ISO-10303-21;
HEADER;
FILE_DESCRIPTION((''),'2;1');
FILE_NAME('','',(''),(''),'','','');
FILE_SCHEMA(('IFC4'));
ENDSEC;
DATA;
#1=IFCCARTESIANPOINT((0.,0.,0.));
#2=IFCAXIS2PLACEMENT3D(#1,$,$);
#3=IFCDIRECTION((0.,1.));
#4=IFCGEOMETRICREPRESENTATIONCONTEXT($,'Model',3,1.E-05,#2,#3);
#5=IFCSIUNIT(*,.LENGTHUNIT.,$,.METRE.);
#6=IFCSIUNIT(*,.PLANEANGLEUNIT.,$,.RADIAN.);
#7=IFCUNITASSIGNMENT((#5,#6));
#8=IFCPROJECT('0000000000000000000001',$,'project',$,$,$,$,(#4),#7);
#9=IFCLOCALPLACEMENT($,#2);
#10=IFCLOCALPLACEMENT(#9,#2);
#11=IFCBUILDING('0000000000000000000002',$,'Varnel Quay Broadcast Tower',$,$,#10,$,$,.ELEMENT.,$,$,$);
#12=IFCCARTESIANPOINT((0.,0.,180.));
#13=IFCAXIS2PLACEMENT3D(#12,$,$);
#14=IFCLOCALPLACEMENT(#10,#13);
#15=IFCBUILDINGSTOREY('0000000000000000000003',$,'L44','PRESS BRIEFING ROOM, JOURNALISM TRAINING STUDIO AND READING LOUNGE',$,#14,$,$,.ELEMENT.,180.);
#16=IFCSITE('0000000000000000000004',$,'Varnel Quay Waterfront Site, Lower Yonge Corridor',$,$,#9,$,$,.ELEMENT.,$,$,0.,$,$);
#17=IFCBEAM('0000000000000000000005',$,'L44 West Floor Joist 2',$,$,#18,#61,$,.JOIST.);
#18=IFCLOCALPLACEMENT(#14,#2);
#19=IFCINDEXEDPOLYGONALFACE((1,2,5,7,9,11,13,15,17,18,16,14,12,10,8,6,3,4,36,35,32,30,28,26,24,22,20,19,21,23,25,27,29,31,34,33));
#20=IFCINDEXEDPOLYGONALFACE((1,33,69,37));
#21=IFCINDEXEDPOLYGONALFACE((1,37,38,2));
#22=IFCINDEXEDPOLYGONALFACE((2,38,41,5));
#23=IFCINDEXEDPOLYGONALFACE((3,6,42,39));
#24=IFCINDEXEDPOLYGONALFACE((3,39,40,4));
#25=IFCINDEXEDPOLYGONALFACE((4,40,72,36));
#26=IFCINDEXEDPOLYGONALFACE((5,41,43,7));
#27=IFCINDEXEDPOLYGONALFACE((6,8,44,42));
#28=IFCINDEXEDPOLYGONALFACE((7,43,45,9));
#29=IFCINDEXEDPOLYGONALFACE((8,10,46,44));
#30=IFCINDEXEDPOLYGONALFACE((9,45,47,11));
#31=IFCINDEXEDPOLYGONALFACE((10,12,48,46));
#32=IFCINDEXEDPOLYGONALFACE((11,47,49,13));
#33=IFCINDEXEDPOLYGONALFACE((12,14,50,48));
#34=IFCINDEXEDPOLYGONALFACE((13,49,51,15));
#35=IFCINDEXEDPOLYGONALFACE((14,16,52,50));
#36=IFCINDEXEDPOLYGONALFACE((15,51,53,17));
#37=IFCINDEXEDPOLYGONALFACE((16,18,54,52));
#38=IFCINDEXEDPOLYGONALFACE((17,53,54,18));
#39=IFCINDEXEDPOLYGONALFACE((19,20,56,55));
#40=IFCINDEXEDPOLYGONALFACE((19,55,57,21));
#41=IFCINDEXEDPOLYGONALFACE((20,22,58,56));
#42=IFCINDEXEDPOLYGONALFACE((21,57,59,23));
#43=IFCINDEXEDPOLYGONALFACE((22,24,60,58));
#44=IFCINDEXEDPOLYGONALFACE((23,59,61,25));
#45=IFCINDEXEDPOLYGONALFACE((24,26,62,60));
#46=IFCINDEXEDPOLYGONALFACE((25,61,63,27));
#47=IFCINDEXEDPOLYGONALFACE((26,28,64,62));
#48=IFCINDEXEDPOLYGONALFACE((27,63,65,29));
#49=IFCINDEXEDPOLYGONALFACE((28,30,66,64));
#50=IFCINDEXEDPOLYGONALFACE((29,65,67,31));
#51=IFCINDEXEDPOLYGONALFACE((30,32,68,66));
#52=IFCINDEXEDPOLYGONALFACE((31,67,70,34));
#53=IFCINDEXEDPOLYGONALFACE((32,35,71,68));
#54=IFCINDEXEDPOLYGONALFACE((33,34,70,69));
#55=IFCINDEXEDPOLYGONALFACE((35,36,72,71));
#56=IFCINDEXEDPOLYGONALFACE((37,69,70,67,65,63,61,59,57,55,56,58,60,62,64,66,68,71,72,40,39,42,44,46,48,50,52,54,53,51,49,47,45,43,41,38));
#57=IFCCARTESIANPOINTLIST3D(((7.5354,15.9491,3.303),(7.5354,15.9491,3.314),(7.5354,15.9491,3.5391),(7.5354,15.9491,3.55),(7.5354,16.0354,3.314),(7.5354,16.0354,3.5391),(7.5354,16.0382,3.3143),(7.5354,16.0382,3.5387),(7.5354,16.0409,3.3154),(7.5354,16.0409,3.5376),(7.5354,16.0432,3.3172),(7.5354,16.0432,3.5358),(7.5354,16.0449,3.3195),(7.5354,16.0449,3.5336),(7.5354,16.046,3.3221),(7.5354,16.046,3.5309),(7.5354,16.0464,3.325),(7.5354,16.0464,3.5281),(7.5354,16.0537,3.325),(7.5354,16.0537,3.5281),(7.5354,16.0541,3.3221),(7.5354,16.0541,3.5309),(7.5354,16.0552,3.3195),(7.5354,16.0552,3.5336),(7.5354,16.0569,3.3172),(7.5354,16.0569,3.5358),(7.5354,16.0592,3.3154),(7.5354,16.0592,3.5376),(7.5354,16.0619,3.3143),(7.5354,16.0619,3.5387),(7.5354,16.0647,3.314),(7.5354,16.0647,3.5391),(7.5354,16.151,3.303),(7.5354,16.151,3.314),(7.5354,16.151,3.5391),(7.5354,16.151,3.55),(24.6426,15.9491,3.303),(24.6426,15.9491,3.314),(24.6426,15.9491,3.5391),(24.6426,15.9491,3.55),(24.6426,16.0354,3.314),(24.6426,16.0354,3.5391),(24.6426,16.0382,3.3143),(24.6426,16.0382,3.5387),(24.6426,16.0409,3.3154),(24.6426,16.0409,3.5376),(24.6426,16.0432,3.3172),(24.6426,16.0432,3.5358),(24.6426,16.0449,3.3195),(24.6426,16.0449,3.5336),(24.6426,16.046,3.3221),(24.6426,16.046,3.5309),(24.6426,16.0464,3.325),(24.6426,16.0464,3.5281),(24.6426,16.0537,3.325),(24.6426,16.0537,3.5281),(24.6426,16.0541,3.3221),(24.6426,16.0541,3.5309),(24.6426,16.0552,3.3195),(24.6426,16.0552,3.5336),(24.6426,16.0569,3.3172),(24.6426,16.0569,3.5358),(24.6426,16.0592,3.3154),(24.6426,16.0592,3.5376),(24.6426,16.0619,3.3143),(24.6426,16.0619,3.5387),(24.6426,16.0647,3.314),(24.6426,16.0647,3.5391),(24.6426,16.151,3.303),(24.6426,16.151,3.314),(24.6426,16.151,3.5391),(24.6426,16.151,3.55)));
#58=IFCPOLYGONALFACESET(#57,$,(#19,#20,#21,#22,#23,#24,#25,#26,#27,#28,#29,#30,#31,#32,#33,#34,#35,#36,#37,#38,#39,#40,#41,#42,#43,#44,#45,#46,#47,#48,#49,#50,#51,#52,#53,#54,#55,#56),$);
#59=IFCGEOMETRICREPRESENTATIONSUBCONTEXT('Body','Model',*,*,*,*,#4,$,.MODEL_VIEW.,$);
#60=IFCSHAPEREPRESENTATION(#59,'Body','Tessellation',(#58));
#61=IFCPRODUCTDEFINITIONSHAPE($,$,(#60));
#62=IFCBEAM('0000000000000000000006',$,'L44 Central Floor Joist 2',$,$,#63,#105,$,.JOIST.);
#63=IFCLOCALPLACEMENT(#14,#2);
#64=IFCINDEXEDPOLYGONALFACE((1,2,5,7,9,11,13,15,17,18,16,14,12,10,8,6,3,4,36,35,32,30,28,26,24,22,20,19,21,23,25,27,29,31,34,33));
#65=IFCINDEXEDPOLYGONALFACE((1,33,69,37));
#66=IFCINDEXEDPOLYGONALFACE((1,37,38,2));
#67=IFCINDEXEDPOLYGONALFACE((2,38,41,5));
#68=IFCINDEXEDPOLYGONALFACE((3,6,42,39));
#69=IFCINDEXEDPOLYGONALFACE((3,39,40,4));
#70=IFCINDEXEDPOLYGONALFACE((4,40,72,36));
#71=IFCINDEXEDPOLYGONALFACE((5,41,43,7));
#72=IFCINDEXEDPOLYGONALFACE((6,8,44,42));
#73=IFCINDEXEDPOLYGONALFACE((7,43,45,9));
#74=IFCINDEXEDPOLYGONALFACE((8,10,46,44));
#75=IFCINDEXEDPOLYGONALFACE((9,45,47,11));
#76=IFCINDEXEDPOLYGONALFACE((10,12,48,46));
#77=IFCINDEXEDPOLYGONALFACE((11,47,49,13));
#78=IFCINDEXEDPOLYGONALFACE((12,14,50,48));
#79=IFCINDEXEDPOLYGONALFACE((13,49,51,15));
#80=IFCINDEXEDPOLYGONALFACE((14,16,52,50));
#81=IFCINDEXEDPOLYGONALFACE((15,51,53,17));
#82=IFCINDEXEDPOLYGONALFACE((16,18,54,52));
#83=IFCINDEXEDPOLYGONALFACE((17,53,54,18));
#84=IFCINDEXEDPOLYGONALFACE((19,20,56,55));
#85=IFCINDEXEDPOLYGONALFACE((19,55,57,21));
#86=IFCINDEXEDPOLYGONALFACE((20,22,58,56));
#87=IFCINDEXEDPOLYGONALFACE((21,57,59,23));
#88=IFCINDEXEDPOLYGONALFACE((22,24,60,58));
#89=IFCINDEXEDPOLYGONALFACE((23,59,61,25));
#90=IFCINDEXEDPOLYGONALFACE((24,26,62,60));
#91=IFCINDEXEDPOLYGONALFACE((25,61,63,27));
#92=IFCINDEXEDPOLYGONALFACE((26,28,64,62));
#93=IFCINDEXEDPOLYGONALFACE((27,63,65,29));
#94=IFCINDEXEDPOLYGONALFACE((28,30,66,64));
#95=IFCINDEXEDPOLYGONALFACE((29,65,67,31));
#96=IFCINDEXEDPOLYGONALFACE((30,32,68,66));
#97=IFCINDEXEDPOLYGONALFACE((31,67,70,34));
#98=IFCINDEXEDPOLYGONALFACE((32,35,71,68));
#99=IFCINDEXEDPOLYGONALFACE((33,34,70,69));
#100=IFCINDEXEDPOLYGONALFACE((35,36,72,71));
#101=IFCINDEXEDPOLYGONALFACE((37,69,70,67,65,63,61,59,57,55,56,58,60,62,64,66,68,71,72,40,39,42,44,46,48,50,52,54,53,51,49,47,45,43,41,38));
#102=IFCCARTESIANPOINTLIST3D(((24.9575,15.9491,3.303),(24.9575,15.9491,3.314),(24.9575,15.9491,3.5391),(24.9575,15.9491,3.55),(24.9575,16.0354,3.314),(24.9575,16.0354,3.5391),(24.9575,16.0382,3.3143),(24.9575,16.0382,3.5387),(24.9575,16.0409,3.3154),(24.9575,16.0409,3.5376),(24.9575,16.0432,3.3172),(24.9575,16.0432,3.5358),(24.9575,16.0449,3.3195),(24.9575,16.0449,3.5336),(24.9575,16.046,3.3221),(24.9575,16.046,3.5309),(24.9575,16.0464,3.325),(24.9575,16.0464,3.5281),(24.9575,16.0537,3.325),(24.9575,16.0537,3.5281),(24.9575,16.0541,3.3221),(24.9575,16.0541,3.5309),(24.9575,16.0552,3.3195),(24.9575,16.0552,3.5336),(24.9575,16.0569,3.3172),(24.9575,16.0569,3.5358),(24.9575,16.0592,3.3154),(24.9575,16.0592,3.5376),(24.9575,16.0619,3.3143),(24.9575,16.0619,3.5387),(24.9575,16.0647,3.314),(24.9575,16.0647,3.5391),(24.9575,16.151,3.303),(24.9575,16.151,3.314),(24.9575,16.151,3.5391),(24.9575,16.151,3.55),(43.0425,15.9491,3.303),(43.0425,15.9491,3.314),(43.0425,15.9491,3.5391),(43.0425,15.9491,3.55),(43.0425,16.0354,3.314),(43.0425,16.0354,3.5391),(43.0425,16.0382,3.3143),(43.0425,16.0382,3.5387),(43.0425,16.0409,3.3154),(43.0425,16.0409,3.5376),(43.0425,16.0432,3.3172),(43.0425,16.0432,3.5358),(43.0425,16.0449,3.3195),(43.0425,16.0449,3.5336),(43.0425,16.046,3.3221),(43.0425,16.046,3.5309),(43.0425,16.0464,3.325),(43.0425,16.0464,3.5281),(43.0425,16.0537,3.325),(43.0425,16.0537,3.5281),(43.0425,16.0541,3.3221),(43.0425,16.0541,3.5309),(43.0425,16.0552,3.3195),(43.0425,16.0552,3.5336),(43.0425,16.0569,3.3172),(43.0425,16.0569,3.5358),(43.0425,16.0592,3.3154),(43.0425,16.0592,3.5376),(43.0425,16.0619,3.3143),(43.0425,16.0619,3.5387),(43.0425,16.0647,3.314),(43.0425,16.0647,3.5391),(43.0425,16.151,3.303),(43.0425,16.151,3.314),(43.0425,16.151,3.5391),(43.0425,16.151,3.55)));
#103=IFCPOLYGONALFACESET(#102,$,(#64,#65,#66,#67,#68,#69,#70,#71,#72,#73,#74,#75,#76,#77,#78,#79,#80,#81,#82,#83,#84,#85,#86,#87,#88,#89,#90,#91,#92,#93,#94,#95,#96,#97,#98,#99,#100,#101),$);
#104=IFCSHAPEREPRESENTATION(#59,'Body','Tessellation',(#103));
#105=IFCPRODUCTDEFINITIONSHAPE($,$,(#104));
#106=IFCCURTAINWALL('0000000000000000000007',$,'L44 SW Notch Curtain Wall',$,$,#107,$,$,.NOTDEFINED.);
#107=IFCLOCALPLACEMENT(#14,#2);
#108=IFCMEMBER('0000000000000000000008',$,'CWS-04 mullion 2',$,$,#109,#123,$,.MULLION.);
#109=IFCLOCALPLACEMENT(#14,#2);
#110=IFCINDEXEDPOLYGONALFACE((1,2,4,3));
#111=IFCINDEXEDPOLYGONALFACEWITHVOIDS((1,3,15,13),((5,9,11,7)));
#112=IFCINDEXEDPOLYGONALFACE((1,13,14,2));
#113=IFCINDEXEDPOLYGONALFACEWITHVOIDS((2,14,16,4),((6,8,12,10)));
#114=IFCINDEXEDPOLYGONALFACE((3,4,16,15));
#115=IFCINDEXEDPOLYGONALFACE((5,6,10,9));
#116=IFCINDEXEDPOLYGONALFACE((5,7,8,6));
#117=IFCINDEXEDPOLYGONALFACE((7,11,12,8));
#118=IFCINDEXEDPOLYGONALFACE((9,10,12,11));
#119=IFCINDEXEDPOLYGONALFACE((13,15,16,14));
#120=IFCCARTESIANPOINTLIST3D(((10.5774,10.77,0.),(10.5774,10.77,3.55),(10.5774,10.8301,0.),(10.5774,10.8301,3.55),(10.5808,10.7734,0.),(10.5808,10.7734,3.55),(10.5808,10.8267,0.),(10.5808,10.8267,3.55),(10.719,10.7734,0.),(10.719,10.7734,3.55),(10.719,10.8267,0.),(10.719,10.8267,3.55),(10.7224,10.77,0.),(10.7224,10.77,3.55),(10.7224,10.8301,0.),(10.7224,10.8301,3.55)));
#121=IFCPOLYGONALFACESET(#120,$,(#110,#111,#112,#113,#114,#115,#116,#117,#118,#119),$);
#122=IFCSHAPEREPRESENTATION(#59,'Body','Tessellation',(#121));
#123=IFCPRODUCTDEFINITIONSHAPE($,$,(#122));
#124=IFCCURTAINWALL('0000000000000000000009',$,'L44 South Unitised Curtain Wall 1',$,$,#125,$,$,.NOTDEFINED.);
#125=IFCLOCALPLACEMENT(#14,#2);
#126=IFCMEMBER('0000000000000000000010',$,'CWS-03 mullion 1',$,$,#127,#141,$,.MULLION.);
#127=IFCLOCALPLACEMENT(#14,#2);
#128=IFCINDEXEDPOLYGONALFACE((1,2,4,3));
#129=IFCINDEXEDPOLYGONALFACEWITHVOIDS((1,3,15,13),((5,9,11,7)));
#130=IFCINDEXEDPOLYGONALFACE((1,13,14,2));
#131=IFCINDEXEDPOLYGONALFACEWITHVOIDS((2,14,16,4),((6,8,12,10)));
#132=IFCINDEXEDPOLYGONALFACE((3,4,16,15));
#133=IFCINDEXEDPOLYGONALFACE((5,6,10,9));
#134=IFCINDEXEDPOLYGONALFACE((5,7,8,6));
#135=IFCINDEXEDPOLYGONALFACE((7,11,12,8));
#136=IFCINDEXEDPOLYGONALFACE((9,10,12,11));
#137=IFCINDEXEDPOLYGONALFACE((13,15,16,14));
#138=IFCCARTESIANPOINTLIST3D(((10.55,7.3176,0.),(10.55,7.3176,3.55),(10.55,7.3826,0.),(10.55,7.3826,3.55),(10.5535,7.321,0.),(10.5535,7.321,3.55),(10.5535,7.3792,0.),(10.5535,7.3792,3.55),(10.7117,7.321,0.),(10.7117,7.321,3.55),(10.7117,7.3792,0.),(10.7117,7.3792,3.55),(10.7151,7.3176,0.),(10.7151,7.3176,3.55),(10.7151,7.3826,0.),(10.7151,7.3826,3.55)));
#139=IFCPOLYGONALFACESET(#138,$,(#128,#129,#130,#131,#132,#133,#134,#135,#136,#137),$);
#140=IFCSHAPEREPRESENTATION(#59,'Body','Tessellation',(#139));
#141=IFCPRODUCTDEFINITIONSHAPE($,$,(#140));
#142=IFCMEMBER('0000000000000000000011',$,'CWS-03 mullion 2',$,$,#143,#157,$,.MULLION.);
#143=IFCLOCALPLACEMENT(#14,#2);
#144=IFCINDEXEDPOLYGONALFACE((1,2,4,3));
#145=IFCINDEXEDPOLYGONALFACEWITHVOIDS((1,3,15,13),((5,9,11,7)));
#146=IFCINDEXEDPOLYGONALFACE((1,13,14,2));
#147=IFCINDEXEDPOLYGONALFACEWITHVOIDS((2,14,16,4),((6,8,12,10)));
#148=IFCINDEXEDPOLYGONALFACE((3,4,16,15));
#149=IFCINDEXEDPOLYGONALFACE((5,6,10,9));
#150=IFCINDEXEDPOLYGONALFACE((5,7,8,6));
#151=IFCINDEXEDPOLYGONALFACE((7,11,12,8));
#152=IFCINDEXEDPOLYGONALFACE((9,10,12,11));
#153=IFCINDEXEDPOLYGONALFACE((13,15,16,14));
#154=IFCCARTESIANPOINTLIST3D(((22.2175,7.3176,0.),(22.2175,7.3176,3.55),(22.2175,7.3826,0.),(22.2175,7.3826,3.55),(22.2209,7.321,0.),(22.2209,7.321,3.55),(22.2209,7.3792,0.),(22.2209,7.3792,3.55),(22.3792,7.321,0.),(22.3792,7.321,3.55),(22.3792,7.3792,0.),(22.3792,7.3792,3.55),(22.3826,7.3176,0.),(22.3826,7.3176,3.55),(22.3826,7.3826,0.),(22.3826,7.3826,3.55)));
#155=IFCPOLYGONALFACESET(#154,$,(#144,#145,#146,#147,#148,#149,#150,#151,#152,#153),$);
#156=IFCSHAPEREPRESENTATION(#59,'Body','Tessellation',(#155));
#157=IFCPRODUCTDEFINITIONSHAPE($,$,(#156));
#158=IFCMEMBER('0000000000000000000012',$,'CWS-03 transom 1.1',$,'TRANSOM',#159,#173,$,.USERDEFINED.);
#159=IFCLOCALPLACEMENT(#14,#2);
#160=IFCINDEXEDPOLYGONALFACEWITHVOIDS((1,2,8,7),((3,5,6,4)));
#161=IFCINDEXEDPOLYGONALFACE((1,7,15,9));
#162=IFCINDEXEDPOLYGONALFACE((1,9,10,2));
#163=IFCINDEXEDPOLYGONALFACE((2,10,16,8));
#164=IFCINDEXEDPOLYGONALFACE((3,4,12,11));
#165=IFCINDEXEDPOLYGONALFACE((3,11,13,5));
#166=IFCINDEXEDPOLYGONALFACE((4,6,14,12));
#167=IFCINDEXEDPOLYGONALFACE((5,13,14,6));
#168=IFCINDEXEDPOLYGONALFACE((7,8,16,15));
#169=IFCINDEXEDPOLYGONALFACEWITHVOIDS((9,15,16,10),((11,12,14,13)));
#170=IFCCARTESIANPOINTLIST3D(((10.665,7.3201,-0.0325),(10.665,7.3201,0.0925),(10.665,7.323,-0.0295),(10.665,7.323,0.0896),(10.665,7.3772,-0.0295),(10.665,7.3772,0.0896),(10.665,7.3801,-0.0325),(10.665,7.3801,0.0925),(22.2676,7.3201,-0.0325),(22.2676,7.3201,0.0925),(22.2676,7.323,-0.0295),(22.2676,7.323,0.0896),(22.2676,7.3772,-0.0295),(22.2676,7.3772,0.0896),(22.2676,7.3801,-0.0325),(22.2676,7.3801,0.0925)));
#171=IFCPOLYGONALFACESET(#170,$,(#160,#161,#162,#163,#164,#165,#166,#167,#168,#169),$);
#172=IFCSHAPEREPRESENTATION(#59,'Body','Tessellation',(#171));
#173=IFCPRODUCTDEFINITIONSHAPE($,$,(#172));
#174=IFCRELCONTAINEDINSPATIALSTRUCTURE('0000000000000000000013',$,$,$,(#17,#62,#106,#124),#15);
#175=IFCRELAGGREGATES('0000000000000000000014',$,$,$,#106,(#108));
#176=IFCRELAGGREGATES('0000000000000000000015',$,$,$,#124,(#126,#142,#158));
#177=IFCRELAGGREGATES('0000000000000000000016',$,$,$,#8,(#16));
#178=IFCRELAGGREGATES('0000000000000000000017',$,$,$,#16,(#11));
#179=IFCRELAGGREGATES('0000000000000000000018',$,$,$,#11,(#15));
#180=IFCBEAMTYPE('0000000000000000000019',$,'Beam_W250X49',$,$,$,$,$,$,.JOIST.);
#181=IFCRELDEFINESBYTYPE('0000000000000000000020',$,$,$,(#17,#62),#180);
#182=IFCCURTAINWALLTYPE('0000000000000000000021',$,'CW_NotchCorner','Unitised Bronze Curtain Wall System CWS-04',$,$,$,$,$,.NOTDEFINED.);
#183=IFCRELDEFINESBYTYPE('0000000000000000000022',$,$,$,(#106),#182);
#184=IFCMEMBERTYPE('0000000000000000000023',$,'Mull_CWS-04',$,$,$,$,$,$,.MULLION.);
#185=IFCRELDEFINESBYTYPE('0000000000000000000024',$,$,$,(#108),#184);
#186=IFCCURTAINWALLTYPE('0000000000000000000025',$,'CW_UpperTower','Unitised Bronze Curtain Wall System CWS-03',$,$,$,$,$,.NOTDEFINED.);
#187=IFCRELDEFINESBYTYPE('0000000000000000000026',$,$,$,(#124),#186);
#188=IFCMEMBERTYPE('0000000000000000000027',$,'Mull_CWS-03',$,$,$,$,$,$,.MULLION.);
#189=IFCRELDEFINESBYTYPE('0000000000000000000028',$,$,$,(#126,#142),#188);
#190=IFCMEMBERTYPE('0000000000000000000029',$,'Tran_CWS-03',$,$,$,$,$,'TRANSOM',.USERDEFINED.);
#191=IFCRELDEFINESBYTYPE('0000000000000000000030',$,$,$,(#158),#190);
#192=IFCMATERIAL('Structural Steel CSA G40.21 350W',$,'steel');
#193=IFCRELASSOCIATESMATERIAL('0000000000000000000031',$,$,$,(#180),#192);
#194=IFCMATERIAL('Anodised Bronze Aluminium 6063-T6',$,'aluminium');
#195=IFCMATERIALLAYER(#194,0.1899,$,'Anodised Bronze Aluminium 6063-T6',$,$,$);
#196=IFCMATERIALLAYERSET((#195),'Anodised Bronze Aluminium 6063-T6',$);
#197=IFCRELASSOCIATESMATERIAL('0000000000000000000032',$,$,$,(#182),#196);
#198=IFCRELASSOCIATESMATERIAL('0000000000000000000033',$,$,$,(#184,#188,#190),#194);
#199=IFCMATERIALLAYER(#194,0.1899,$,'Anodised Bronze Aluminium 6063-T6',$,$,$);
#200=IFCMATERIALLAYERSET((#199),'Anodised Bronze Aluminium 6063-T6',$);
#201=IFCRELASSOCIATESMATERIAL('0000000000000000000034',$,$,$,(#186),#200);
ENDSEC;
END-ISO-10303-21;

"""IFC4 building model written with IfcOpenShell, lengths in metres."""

from ifc_helpers import new_model, si_unit, direction, frame, origin, origin_2d, place, context, subcontext, project, spatial, hollow_rectangle, i_section, extrude, source, transform, mapped, material, layer, layer_set, material_profile, profile_set, type_object, type_shapes, element, aggregate, save


model = new_model("IFC4")

# Units and contexts
model_context = context("Model", 3, precision=1e-05, world=origin(), true_north=direction((0.0, 1.0)))
body_context = subcontext(model_context, "Body", "Model", "MODEL_VIEW")
ifc_project = project(units=[si_unit("LENGTHUNIT", "METRE"), si_unit("PLANEANGLEUNIT", "RADIAN")], contexts=[model_context])

# Site, building, storey
site_placement = place(None, origin())
site = spatial("IfcSite", under=ifc_project, at=site_placement, Name="Varnel Quay Waterfront Site, Lower Yonge Corridor", CompositionType="ELEMENT", RefElevation=0.0)
building_placement = place(site_placement, origin())
building = spatial("IfcBuilding", under=site, at=building_placement, Name="Varnel Quay Broadcast Tower", CompositionType="ELEMENT")
storey_placement = place(building_placement, frame((0.0, 0.0, 180.0)))
storey = spatial("IfcBuildingStorey", under=building, at=storey_placement, Name="L44", Description="PRESS BRIEFING ROOM, JOURNALISM TRAINING STUDIO AND READING LOUNGE", CompositionType="ELEMENT", Elevation=180.0)

# Shared definitions
ifc_material_1 = material(Name="Structural Steel CSA G40.21 350W", Category="steel")

# Beams
ifc_material_profile_1 = material_profile(ifc_material_1, i_section(OverallWidth=0.2019, OverallDepth=0.2471, WebThickness=0.0073, FlangeThickness=0.011, FilletRadius=0.011, at=origin_2d()), Name="W250X49")
ifc_profile_set_1 = profile_set([ifc_material_profile_1], Name="Structural Steel CSA G40.21 350W")
beam_type_1 = type_object("IfcBeamType", Name="Beam_W250X49", PredefinedType="JOIST", material=ifc_profile_set_1)
shared_shape_1 = source(origin(), body_context, "Body", "SweptSolid", [
    extrude(i_section(OverallWidth=0.2019, OverallDepth=0.2471, WebThickness=0.0073, FlangeThickness=0.011, FilletRadius=0.011, at=origin_2d()), origin(), (0.0, 0.0, 1.0), 17.1072),
])
beam_1_placement = place(storey_placement, frame((7.5354, 16.05, 3.4265), z_axis=(1.0, 0.0, 0.0), x_axis=(0.0, 1.0, 0.0)))
element("IfcBeam", 1, at=beam_1_placement, inside=storey, type_object=beam_type_1, Name="L44 West Floor Joist 2", PredefinedType="JOIST", context=body_context, shape_type="MappedRepresentation", body=[
    mapped(shared_shape_1, transform((0.0, 0.0, 0.0), x_axis=(1.0, 0.0, 0.0), y_axis=(0.0, 1.0, 0.0), z_axis=(0.0, 0.0, 1.0), scale=1.0)),
])
shared_shape_2 = source(origin(), body_context, "Body", "SweptSolid", [
    extrude(i_section(OverallWidth=0.2019, OverallDepth=0.2471, WebThickness=0.0073, FlangeThickness=0.011, FilletRadius=0.011, at=origin_2d()), origin(), (0.0, 0.0, 1.0), 18.085),
])
type_shapes(beam_type_1, [shared_shape_1, shared_shape_2])
beam_2_placement = place(storey_placement, frame((24.9575, 16.05, 3.4265), z_axis=(1.0, 0.0, 0.0), x_axis=(0.0, 1.0, 0.0)))
element("IfcBeam", 2, at=beam_2_placement, inside=storey, type_object=beam_type_1, Name="L44 Central Floor Joist 2", PredefinedType="JOIST", context=body_context, shape_type="MappedRepresentation", body=[
    mapped(shared_shape_2, transform((0.0, 0.0, 0.0), x_axis=(1.0, 0.0, 0.0), y_axis=(0.0, 1.0, 0.0), z_axis=(0.0, 0.0, 1.0), scale=1.0)),
])

# Curtain wall, member
ifc_material_2 = material(Name="Anodised Bronze Aluminium 6063-T6", Category="aluminium")
ifc_layer_1 = layer(ifc_material_2, 0.1899, Name="Anodised Bronze Aluminium 6063-T6")
ifc_layer_set_1 = layer_set([ifc_layer_1], Name="Anodised Bronze Aluminium 6063-T6")
curtain_wall_type_1 = type_object("IfcCurtainWallType", Name="CW_NotchCorner", Description="Unitised Bronze Curtain Wall System CWS-04", PredefinedType="NOTDEFINED", material=ifc_layer_set_1)
curtain_wall_1_placement = place(storey_placement, origin())
curtain_wall_1 = element("IfcCurtainWall", 3, at=curtain_wall_1_placement, inside=storey, type_object=curtain_wall_type_1, Name="L44 SW Notch Curtain Wall", PredefinedType="NOTDEFINED")
ifc_material_profile_2 = material_profile(ifc_material_2, hollow_rectangle(XDim=0.0601, YDim=0.145, WallThickness=0.0034, at=origin_2d()), Name="ALU60X145X3.5")
ifc_profile_set_2 = profile_set([ifc_material_profile_2], Name="Anodised Bronze Aluminium 6063-T6")
member_type_1 = type_object("IfcMemberType", Name="Mull_CWS-04", PredefinedType="MULLION", material=ifc_profile_set_2)
shared_shape_3 = source(origin(), body_context, "Body", "SweptSolid", [
    extrude(hollow_rectangle(XDim=0.0601, YDim=0.145, WallThickness=0.0034, at=origin_2d()), origin(), (0.0, 0.0, 1.0), 3.55),
])
type_shapes(member_type_1, [shared_shape_3])
member_1_placement = place(storey_placement, frame((10.6499, 10.8, 0.0), z_axis=(0.0, 0.0, 1.0), x_axis=(0.0, 1.0, 0.0)))
member_1 = element("IfcMember", 4, at=member_1_placement, type_object=member_type_1, Name="CWS-04 mullion 2", PredefinedType="MULLION", context=body_context, shape_type="MappedRepresentation", body=[
    mapped(shared_shape_3, transform((0.0, 0.0, 0.0), x_axis=(1.0, 0.0, 0.0), y_axis=(0.0, 1.0, 0.0), z_axis=(0.0, 0.0, 1.0), scale=1.0)),
])

# Curtain wall, members
ifc_layer_2 = layer(ifc_material_2, 0.1899, Name="Anodised Bronze Aluminium 6063-T6")
ifc_layer_set_2 = layer_set([ifc_layer_2], Name="Anodised Bronze Aluminium 6063-T6")
curtain_wall_type_2 = type_object("IfcCurtainWallType", Name="CW_UpperTower", Description="Unitised Bronze Curtain Wall System CWS-03", PredefinedType="NOTDEFINED", material=ifc_layer_set_2)
curtain_wall_2_placement = place(storey_placement, origin())
curtain_wall_2 = element("IfcCurtainWall", 5, at=curtain_wall_2_placement, inside=storey, type_object=curtain_wall_type_2, Name="L44 South Unitised Curtain Wall 1", PredefinedType="NOTDEFINED")
ifc_material_profile_3 = material_profile(ifc_material_2, hollow_rectangle(XDim=0.0649, YDim=0.165, WallThickness=0.0034, at=origin_2d()), Name="ALU65X165X3.5")
ifc_profile_set_3 = profile_set([ifc_material_profile_3], Name="Anodised Bronze Aluminium 6063-T6")
member_type_2 = type_object("IfcMemberType", Name="Mull_CWS-03", PredefinedType="MULLION", material=ifc_profile_set_3)
shared_shape_4 = source(origin(), body_context, "Body", "SweptSolid", [
    extrude(hollow_rectangle(XDim=0.0649, YDim=0.165, WallThickness=0.0034, at=origin_2d()), origin(), (0.0, 0.0, 1.0), 3.55),
])
type_shapes(member_type_2, [shared_shape_4])
member_2_placement = place(storey_placement, frame((10.6326, 7.3501, 0.0), z_axis=(0.0, 0.0, 1.0), x_axis=(0.0, 1.0, 0.0)))
member_2 = element("IfcMember", 6, at=member_2_placement, type_object=member_type_2, Name="CWS-03 mullion 1", PredefinedType="MULLION", context=body_context, shape_type="MappedRepresentation", body=[
    mapped(shared_shape_4, transform((0.0, 0.0, 0.0), x_axis=(1.0, 0.0, 0.0), y_axis=(0.0, 1.0, 0.0), z_axis=(0.0, 0.0, 1.0), scale=1.0)),
])
member_3_placement = place(storey_placement, frame((22.3, 7.3501, 0.0), z_axis=(0.0, 0.0, 1.0), x_axis=(0.0, 1.0, 0.0)))
member_3 = element("IfcMember", 7, at=member_3_placement, type_object=member_type_2, Name="CWS-03 mullion 2", PredefinedType="MULLION", context=body_context, shape_type="MappedRepresentation", body=[
    mapped(shared_shape_4, transform((0.0, 0.0, 0.0), x_axis=(1.0, 0.0, 0.0), y_axis=(0.0, 1.0, 0.0), z_axis=(0.0, 0.0, 1.0), scale=1.0)),
])
ifc_material_profile_4 = material_profile(ifc_material_2, hollow_rectangle(XDim=0.0601, YDim=0.125, WallThickness=0.0029, at=origin_2d()), Name="ALU60X125X3")
ifc_profile_set_4 = profile_set([ifc_material_profile_4], Name="Anodised Bronze Aluminium 6063-T6")
member_type_3 = type_object("IfcMemberType", Name="Tran_CWS-03", ElementType="TRANSOM", PredefinedType="USERDEFINED", material=ifc_profile_set_4)
shared_shape_5 = source(origin(), body_context, "Body", "SweptSolid", [
    extrude(hollow_rectangle(XDim=0.0601, YDim=0.125, WallThickness=0.0029, at=origin_2d()), origin(), (0.0, 0.0, 1.0), 11.6025),
])
member_4_placement = place(storey_placement, frame((10.665, 7.3501, 0.03), z_axis=(1.0, 0.0, 0.0), x_axis=(0.0, 1.0, 0.0)))
member_4 = element("IfcMember", 8, at=member_4_placement, type_object=member_type_3, Name="CWS-03 transom 1.1", ObjectType="TRANSOM", PredefinedType="USERDEFINED", context=body_context, shape_type="MappedRepresentation", body=[
    mapped(shared_shape_5, transform((0.0, 0.0, 0.0), x_axis=(1.0, 0.0, 0.0), y_axis=(0.0, 1.0, 0.0), z_axis=(0.0, 0.0, 1.0), scale=1.0)),
])

aggregate(curtain_wall_1, [member_1])
aggregate(curtain_wall_2, [member_2, member_3, member_4])

save(model, "model.ifc")
